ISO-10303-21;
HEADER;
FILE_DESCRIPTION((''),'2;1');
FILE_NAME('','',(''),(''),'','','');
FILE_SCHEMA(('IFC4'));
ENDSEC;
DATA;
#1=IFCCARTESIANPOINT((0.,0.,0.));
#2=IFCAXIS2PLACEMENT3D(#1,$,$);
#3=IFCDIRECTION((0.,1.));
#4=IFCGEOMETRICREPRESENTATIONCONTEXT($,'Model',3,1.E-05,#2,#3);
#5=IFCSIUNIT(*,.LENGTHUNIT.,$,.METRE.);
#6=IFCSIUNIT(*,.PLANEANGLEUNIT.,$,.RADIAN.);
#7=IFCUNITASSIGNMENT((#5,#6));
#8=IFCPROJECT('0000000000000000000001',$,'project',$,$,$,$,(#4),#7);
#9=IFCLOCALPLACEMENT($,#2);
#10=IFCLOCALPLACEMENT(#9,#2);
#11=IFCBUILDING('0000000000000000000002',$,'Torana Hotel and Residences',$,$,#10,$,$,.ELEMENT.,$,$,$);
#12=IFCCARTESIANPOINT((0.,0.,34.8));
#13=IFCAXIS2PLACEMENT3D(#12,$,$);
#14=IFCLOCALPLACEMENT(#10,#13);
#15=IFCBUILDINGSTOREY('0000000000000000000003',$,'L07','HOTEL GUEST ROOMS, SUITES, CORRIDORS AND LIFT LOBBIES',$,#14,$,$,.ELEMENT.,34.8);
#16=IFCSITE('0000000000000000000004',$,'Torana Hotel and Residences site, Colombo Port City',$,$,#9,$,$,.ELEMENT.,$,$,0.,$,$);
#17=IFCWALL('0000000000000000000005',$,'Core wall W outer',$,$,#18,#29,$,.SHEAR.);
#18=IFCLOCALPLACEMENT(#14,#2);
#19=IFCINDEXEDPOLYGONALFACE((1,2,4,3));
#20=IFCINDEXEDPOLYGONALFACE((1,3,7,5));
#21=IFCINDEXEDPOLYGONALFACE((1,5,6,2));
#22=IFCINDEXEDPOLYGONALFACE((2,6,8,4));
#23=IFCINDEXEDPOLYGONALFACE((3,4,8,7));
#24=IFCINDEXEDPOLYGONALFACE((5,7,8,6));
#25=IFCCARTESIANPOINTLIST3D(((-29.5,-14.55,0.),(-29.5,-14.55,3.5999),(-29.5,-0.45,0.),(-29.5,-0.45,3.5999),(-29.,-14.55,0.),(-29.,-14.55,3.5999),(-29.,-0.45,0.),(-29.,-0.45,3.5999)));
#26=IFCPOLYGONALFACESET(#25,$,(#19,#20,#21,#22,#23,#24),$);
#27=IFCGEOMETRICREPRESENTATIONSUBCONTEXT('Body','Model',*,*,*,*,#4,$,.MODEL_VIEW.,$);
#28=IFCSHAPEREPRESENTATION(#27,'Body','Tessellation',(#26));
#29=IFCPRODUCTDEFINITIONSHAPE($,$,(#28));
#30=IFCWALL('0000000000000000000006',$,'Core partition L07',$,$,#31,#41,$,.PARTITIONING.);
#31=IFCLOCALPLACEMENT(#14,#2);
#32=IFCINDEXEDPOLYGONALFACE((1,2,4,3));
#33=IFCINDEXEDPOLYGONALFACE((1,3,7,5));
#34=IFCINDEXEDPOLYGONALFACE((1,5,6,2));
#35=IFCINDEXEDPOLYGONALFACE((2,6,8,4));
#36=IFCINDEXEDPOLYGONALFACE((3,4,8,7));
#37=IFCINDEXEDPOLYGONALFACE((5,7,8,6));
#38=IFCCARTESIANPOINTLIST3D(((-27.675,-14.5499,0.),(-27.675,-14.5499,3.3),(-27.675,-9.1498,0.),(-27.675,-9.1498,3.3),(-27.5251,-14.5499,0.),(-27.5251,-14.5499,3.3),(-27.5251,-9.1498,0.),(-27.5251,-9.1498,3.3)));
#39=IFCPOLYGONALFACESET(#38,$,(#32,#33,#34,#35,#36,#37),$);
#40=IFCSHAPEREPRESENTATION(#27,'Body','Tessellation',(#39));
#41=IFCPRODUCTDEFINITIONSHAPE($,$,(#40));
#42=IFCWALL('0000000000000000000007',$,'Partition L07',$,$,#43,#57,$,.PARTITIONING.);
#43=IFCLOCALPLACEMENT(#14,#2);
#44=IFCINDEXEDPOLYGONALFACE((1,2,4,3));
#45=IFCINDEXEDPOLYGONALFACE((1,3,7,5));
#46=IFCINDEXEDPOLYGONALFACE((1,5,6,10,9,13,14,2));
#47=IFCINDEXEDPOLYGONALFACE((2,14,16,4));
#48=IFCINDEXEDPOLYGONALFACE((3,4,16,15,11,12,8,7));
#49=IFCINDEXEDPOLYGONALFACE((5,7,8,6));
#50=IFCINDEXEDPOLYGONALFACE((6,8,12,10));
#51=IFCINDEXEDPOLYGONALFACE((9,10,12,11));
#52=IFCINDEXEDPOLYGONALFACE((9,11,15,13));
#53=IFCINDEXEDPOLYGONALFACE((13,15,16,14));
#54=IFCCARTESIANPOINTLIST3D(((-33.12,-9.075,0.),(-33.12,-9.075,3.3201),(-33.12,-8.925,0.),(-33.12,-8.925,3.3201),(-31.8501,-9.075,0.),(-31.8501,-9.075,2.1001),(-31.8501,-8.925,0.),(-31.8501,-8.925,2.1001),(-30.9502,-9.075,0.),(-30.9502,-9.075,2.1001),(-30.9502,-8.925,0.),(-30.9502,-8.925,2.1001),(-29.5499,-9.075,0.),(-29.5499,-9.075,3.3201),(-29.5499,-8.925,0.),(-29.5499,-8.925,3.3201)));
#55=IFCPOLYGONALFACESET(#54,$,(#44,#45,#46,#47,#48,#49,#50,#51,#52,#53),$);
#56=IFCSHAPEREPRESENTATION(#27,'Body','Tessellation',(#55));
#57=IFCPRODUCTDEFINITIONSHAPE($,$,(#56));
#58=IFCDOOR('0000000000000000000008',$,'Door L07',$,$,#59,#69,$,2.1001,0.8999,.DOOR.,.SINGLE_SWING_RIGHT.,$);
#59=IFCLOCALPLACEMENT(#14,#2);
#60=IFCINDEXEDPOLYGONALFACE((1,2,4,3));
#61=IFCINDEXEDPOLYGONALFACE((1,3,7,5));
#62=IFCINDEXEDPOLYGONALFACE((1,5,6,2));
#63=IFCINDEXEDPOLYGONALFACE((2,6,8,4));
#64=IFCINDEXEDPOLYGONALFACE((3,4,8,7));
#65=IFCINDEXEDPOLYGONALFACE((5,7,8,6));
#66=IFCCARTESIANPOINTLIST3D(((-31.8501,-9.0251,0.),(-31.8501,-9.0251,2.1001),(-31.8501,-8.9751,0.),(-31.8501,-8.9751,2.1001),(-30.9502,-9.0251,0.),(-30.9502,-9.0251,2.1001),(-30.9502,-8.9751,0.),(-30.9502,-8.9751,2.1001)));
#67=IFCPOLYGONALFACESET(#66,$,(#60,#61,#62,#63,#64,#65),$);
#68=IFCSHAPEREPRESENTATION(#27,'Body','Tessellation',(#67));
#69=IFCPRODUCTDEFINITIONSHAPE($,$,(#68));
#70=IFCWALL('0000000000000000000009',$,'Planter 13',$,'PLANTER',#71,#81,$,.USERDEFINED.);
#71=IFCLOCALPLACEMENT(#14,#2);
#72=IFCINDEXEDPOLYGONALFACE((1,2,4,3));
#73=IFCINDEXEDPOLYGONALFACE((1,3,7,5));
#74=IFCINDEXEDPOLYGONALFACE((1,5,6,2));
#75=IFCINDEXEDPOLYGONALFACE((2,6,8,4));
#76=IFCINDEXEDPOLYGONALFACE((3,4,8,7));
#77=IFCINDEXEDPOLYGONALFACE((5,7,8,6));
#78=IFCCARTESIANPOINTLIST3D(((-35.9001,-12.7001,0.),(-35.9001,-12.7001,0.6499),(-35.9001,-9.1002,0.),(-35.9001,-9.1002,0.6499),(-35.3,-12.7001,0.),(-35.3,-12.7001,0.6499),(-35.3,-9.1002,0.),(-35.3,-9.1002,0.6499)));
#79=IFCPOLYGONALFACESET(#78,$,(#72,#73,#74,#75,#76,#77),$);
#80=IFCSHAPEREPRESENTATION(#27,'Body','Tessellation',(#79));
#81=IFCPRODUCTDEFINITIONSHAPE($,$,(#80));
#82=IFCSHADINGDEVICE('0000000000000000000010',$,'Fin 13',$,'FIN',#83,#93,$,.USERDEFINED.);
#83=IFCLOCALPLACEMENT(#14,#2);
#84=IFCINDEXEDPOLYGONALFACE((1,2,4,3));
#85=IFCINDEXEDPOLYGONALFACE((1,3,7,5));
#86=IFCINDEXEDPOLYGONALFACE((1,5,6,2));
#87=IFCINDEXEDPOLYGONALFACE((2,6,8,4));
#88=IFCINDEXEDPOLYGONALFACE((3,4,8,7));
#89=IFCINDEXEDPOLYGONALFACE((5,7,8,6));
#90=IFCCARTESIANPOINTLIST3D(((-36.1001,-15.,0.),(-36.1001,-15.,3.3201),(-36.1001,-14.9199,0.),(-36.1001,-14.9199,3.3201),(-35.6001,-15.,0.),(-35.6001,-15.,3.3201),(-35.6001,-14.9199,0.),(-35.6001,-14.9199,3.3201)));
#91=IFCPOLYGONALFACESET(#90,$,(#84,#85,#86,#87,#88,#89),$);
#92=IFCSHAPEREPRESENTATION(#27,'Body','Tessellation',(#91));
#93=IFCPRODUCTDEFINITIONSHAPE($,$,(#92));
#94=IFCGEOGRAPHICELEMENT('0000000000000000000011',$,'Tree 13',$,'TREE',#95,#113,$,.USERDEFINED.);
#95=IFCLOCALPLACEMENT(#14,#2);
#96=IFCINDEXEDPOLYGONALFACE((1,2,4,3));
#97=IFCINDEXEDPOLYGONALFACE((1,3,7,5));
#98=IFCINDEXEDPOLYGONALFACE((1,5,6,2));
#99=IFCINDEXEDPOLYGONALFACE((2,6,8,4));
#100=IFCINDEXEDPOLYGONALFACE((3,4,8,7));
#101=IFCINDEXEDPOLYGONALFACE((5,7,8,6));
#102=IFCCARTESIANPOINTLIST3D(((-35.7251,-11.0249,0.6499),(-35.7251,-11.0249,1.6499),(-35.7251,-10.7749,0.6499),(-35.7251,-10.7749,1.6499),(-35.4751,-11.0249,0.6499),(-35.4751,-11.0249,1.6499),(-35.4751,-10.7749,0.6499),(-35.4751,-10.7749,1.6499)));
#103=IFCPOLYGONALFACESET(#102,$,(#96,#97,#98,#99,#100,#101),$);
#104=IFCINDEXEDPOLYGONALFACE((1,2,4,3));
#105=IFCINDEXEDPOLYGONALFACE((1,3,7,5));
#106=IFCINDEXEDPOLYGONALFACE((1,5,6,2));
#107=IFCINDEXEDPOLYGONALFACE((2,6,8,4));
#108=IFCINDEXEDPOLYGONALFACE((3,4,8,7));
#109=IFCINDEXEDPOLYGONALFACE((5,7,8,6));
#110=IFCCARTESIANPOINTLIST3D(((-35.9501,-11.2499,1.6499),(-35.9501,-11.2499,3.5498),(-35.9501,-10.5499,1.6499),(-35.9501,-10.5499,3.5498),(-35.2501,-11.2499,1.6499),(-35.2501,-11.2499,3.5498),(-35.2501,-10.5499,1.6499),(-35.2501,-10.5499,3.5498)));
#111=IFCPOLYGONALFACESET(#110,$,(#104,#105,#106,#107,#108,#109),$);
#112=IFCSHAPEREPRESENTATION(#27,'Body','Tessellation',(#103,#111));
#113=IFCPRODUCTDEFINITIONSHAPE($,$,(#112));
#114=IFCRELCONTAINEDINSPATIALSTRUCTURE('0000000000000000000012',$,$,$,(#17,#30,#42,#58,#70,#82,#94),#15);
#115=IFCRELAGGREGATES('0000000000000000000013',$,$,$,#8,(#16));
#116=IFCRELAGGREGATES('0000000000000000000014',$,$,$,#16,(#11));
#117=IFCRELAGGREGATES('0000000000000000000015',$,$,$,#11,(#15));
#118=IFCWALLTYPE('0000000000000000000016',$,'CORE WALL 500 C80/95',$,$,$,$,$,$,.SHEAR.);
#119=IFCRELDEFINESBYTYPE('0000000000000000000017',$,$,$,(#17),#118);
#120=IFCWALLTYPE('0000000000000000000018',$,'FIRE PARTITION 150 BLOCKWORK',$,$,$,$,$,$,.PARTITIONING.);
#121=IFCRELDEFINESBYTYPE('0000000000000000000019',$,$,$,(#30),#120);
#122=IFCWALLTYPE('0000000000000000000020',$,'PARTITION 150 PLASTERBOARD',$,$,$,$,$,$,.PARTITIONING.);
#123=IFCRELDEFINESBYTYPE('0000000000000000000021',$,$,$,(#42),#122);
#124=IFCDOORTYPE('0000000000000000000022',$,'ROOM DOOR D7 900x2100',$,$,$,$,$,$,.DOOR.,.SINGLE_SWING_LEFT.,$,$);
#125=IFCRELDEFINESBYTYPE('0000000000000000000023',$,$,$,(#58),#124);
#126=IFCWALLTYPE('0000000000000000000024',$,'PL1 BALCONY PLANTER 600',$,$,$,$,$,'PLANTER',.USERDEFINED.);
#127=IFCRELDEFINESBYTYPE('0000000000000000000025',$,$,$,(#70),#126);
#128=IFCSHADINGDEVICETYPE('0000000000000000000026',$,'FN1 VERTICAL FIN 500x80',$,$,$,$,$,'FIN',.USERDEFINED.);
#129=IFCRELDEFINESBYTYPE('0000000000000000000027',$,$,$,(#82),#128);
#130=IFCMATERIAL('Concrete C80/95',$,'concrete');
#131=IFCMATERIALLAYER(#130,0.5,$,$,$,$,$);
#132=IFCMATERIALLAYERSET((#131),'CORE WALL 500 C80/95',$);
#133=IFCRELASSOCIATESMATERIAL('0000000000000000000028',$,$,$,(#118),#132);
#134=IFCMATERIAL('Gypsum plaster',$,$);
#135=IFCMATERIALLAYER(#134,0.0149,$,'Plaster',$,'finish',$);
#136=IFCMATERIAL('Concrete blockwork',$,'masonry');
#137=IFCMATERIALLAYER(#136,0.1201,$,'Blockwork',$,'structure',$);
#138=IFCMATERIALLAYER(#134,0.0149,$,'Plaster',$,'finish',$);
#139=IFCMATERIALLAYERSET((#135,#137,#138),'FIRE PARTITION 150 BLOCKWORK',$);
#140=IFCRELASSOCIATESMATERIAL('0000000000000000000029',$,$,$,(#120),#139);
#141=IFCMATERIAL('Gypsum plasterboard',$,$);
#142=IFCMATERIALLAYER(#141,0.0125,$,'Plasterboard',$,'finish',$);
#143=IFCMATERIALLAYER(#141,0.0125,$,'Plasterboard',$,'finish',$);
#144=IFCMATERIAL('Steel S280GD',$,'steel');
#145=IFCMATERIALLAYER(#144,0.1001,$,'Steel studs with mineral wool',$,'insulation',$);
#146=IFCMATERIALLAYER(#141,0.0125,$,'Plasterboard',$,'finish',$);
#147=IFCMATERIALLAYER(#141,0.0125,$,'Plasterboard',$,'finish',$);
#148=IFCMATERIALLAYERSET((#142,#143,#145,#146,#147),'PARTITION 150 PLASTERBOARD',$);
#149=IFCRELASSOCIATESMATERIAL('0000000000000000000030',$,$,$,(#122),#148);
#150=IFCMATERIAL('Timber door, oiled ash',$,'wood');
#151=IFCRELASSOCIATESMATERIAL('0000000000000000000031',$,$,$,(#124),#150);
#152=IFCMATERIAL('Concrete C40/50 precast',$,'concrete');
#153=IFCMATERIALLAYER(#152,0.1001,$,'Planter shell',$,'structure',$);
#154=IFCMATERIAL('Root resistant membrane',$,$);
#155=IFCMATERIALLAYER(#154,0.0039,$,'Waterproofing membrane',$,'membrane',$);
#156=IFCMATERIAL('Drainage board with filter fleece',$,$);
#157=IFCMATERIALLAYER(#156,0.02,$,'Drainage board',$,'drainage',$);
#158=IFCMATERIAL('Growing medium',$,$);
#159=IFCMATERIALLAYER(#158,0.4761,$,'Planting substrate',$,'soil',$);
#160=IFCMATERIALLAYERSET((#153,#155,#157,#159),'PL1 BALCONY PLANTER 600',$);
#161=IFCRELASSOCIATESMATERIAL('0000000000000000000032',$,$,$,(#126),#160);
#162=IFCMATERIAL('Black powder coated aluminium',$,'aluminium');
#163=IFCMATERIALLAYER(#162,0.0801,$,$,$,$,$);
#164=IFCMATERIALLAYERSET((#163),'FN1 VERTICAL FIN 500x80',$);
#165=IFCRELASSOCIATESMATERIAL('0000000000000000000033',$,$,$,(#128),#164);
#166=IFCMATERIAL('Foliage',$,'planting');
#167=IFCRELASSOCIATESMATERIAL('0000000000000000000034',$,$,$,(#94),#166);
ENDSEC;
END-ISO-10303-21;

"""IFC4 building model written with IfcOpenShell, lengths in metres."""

from ifc_helpers import new_model, si_unit, direction, frame, frame_2d, origin, origin_2d, place, context, subcontext, project, spatial, rectangle, extrude, material, layer, layer_set, type_object, element, fill, save


model = new_model("IFC4")

# Units and contexts
model_context = context("Model", 3, precision=1e-05, world=origin(), true_north=direction((0.0, 1.0)))
body_context = subcontext(model_context, "Body", "Model", "MODEL_VIEW")
ifc_project = project(units=[si_unit("LENGTHUNIT", "METRE"), si_unit("PLANEANGLEUNIT", "RADIAN")], contexts=[model_context])

# Site, building, storey
site_placement = place(None, origin())
site = spatial("IfcSite", under=ifc_project, at=site_placement, Name="Torana Hotel and Residences site, Colombo Port City", CompositionType="ELEMENT", RefElevation=0.0)
building_placement = place(site_placement, origin())
building = spatial("IfcBuilding", under=site, at=building_placement, Name="Torana Hotel and Residences", CompositionType="ELEMENT")
storey_placement = place(building_placement, frame((0.0, 0.0, 34.8)))
storey = spatial("IfcBuildingStorey", under=building, at=storey_placement, Name="L07", Description="HOTEL GUEST ROOMS, SUITES, CORRIDORS AND LIFT LOBBIES", CompositionType="ELEMENT", Elevation=34.8)

# Walls
ifc_material_1 = material(Name="Concrete C80/95", Category="concrete")
ifc_layer_1 = layer(ifc_material_1, 0.5)
ifc_layer_set_1 = layer_set([ifc_layer_1], Name="CORE WALL 500 C80/95")
wall_type_1 = type_object("IfcWallType", Name="CORE WALL 500 C80/95", PredefinedType="SHEAR", material=ifc_layer_set_1)
wall_1_placement = place(storey_placement, frame((-29.25, -14.55, 0.0), z_axis=(0.0, 0.0, 1.0), x_axis=(0.0, 1.0, 0.0)))
element("IfcWall", 1, at=wall_1_placement, inside=storey, type_object=wall_type_1, Name="Core wall W outer", PredefinedType="SHEAR", context=body_context, shape_type="SweptSolid", body=[
    extrude(rectangle(XDim=14.1001, YDim=0.5, at=frame_2d((7.05, 0.0))), origin(), (0.0, 0.0, 1.0), 3.5999),
])
ifc_material_2 = material(Name="Gypsum plaster")
ifc_layer_2 = layer(ifc_material_2, 0.0149, Name="Plaster", Category="finish")
ifc_material_3 = material(Name="Concrete blockwork", Category="masonry")
ifc_layer_3 = layer(ifc_material_3, 0.1201, Name="Blockwork", Category="structure")
ifc_layer_4 = layer(ifc_material_2, 0.0149, Name="Plaster", Category="finish")
ifc_layer_set_2 = layer_set([ifc_layer_2, ifc_layer_3, ifc_layer_4], Name="FIRE PARTITION 150 BLOCKWORK")
wall_type_2 = type_object("IfcWallType", Name="FIRE PARTITION 150 BLOCKWORK", PredefinedType="PARTITIONING", material=ifc_layer_set_2)
wall_2_placement = place(storey_placement, frame((-27.6001, -14.55, 0.0), z_axis=(0.0, 0.0, 1.0), x_axis=(0.0, 1.0, 0.0)))
element("IfcWall", 2, at=wall_2_placement, inside=storey, type_object=wall_type_2, Name="Core partition L07", PredefinedType="PARTITIONING", context=body_context, shape_type="SweptSolid", body=[
    extrude(rectangle(XDim=5.4001, YDim=0.1499, at=frame_2d((2.7002, 0.0))), origin(), (0.0, 0.0, 1.0), 3.3),
])

# Wall, opening, door
ifc_material_4 = material(Name="Gypsum plasterboard")
ifc_layer_5 = layer(ifc_material_4, 0.0125, Name="Plasterboard", Category="finish")
ifc_layer_6 = layer(ifc_material_4, 0.0125, Name="Plasterboard", Category="finish")
ifc_material_5 = material(Name="Steel S280GD", Category="steel")
ifc_layer_7 = layer(ifc_material_5, 0.1001, Name="Steel studs with mineral wool", Category="insulation")
ifc_layer_8 = layer(ifc_material_4, 0.0125, Name="Plasterboard", Category="finish")
ifc_layer_9 = layer(ifc_material_4, 0.0125, Name="Plasterboard", Category="finish")
ifc_layer_set_3 = layer_set([ifc_layer_5, ifc_layer_6, ifc_layer_7, ifc_layer_8, ifc_layer_9], Name="PARTITION 150 PLASTERBOARD")
wall_type_3 = type_object("IfcWallType", Name="PARTITION 150 PLASTERBOARD", PredefinedType="PARTITIONING", material=ifc_layer_set_3)
wall_3_placement = place(storey_placement, frame((-33.1201, -9.0, 0.0), z_axis=(0.0, 0.0, 1.0), x_axis=(1.0, 0.0, 0.0)))
wall_3 = element("IfcWall", 3, at=wall_3_placement, inside=storey, type_object=wall_type_3, Name="Partition L07", PredefinedType="PARTITIONING", context=body_context, shape_type="SweptSolid", body=[
    extrude(rectangle(XDim=3.5701, YDim=0.1499, at=frame_2d((1.7852, 0.0))), origin(), (0.0, 0.0, 1.0), 3.3201),
])
opening_1_placement = place(wall_3_placement, frame((1.27, 0.0, 0.0)))
opening_1 = element("IfcOpeningElement", 4, at=opening_1_placement, cuts=wall_3, PredefinedType="OPENING", context=body_context, shape_type="SweptSolid", body=[
    extrude(rectangle(XDim=0.8999, YDim=2.1001, at=frame_2d((0.45, 1.05))), frame((0.0, 0.085, 0.0), z_axis=(0.0, -1.0, 0.0), x_axis=(1.0, 0.0, 0.0)), (0.0, 0.0, 1.0), 0.1699),
])
ifc_material_6 = material(Name="Timber door, oiled ash", Category="wood")
door_type_1 = type_object("IfcDoorType", Name="ROOM DOOR D7 900x2100", OperationType="SINGLE_SWING_LEFT", PredefinedType="DOOR", material=ifc_material_6)
door_1_placement = place(opening_1_placement, origin())
door_1 = element("IfcDoor", 5, at=door_1_placement, inside=storey, type_object=door_type_1, Name="Door L07", OperationType="SINGLE_SWING_RIGHT", OverallHeight=2.1001, OverallWidth=0.8999, PredefinedType="DOOR", context=body_context, shape_type="SweptSolid", body=[
    extrude(rectangle(XDim=0.8999, YDim=2.1001, at=frame_2d((0.45, 1.05))), frame((0.0, 0.0249, 0.0), z_axis=(0.0, -1.0, 0.0), x_axis=(1.0, 0.0, 0.0)), (0.0, 0.0, 1.0), 0.05),
])
fill(opening_1, door_1)

# Wall
ifc_material_7 = material(Name="Concrete C40/50 precast", Category="concrete")
ifc_layer_10 = layer(ifc_material_7, 0.1001, Name="Planter shell", Category="structure")
ifc_material_8 = material(Name="Root resistant membrane")
ifc_layer_11 = layer(ifc_material_8, 0.0039, Name="Waterproofing membrane", Category="membrane")
ifc_material_9 = material(Name="Drainage board with filter fleece")
ifc_layer_12 = layer(ifc_material_9, 0.02, Name="Drainage board", Category="drainage")
ifc_material_10 = material(Name="Growing medium")
ifc_layer_13 = layer(ifc_material_10, 0.4761, Name="Planting substrate", Category="soil")
ifc_layer_set_4 = layer_set([ifc_layer_10, ifc_layer_11, ifc_layer_12, ifc_layer_13], Name="PL1 BALCONY PLANTER 600")
wall_type_4 = type_object("IfcWallType", Name="PL1 BALCONY PLANTER 600", ElementType="PLANTER", PredefinedType="USERDEFINED", material=ifc_layer_set_4)
wall_4_placement = place(storey_placement, frame((-35.6001, -12.7, 0.0), z_axis=(0.0, 0.0, 1.0), x_axis=(0.0, 1.0, 0.0)))
element("IfcWall", 6, at=wall_4_placement, inside=storey, type_object=wall_type_4, Name="Planter 13", ObjectType="PLANTER", PredefinedType="USERDEFINED", context=body_context, shape_type="SweptSolid", body=[
    extrude(rectangle(XDim=3.5999, YDim=0.6001, at=frame_2d((1.7998, 0.0))), origin(), (0.0, 0.0, 1.0), 0.6499),
])

# Shading device
ifc_material_11 = material(Name="Black powder coated aluminium", Category="aluminium")
ifc_layer_14 = layer(ifc_material_11, 0.0801)
ifc_layer_set_5 = layer_set([ifc_layer_14], Name="FN1 VERTICAL FIN 500x80")
shading_device_type = type_object("IfcShadingDeviceType", Name="FN1 VERTICAL FIN 500x80", ElementType="FIN", PredefinedType="USERDEFINED", material=ifc_layer_set_5)
shading_device_placement = place(storey_placement, frame((-35.8501, -14.96, 0.0), z_axis=(0.0, 0.0, 1.0), x_axis=(0.0, 1.0, 0.0)))
element("IfcShadingDevice", 7, at=shading_device_placement, inside=storey, type_object=shading_device_type, Name="Fin 13", ObjectType="FIN", PredefinedType="USERDEFINED", context=body_context, shape_type="SweptSolid", body=[
    extrude(rectangle(XDim=0.0801, YDim=0.5, at=origin_2d()), origin(), (0.0, 0.0, 1.0), 3.3201),
])

# Geographic element
ifc_material_12 = material(Name="Foliage", Category="planting")
geographic_element_placement = place(storey_placement, frame((-35.6001, -10.8999, 0.6499), z_axis=(0.0, 0.0, 1.0), x_axis=(1.0, 0.0, 0.0)))
element("IfcGeographicElement", 8, at=geographic_element_placement, inside=storey, material=ifc_material_12, Name="Tree 13", ObjectType="TREE", PredefinedType="USERDEFINED", context=body_context, shape_type="SweptSolid", body=[
    extrude(rectangle(XDim=0.25, YDim=0.25, at=origin_2d()), origin(), (0.0, 0.0, 1.0), 1.0),
    extrude(rectangle(XDim=0.7, YDim=0.7, at=origin_2d()), frame((0.0, 0.0, 1.0)), (0.0, 0.0, 1.0), 1.8999),
])

save(model, "model.ifc")
